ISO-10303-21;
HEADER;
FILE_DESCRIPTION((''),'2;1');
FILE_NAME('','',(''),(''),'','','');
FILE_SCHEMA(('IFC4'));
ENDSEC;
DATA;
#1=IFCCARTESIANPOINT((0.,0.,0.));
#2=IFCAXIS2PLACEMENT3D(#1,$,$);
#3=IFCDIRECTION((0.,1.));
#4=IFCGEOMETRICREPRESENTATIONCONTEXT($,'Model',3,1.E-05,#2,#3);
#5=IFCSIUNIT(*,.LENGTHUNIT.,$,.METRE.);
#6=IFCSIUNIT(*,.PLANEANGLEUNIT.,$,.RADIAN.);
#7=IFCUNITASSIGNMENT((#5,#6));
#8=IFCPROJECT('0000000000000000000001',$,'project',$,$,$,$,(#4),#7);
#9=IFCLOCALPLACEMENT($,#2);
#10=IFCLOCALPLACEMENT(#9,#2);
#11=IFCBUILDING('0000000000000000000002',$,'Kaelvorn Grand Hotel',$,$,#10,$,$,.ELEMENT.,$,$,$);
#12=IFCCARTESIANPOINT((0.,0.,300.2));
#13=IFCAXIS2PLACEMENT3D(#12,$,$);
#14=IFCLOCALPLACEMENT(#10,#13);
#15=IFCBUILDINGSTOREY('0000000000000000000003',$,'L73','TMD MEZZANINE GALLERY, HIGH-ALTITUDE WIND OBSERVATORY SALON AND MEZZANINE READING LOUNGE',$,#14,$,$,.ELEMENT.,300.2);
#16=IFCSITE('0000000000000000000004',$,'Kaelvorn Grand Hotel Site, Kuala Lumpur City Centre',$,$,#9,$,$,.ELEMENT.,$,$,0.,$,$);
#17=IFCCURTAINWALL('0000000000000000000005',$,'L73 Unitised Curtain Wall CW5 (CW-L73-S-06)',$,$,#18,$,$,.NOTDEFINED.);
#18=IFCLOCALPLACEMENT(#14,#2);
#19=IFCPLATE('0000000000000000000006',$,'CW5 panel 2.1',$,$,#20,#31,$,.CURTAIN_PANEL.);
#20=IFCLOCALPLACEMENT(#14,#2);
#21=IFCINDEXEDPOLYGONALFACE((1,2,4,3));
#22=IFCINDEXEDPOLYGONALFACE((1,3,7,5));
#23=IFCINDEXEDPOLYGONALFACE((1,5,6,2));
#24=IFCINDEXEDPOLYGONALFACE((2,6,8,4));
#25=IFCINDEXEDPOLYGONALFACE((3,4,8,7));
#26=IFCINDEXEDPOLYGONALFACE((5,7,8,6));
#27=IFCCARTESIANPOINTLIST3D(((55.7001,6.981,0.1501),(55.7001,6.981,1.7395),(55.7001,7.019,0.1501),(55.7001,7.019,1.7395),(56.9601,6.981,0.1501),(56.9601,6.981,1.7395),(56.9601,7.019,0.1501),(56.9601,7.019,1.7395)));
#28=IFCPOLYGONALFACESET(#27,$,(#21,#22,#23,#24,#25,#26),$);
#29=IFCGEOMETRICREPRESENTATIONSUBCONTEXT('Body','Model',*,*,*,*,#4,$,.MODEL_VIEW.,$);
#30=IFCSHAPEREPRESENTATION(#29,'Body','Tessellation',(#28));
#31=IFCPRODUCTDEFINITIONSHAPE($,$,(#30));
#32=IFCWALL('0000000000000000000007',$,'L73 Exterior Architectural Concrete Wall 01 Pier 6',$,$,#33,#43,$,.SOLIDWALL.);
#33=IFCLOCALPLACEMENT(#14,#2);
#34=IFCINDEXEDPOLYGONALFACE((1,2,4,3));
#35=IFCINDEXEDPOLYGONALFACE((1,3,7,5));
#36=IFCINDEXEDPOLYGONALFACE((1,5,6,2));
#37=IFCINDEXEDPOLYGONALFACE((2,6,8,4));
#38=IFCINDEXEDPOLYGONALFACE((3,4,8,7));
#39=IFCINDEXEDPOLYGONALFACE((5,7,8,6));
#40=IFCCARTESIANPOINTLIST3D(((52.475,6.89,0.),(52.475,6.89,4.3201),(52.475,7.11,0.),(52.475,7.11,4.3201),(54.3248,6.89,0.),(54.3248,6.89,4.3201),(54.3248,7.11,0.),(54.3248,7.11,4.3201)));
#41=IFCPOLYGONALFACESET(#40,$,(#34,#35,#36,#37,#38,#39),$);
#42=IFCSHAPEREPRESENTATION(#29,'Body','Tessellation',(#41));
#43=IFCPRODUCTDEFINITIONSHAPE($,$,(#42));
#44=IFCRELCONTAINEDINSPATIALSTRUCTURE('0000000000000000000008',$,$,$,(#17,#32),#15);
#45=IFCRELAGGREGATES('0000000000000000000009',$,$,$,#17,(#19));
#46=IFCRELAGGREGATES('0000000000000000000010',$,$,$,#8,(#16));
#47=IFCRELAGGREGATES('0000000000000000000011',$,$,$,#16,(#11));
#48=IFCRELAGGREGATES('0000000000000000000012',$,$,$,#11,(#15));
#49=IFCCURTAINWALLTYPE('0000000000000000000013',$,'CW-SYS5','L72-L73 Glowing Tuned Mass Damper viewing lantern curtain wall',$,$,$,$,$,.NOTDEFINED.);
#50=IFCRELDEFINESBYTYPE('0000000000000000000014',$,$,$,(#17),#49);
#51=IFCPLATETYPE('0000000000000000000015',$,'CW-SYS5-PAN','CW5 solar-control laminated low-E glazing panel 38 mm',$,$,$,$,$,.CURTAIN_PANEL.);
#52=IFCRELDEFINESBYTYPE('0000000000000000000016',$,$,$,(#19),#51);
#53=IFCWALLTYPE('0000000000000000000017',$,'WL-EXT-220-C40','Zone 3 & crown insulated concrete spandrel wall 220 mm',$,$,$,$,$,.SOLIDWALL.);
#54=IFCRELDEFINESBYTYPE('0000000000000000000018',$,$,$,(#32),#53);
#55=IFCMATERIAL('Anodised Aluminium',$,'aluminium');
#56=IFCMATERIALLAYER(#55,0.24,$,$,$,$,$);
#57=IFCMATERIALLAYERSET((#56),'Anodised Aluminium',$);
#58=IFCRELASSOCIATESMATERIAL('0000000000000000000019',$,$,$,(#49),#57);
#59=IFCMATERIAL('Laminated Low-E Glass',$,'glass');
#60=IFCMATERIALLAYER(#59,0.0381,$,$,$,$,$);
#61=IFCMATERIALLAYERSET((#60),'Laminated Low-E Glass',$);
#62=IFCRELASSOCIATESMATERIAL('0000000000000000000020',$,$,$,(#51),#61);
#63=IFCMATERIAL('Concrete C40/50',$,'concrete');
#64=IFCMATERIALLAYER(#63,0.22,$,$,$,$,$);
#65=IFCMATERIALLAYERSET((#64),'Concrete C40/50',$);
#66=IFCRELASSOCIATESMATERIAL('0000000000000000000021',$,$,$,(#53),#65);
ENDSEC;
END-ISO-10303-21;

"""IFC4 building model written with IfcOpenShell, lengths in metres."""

from ifc_helpers import new_model, si_unit, direction, frame, frame_2d, origin, origin_2d, place, context, subcontext, project, spatial, rectangle, extrude, material, layer, layer_set, type_object, element, aggregate, save


model = new_model("IFC4")

# Units and contexts
model_context = context("Model", 3, precision=1e-05, world=origin(), true_north=direction((0.0, 1.0)))
body_context = subcontext(model_context, "Body", "Model", "MODEL_VIEW")
ifc_project = project(units=[si_unit("LENGTHUNIT", "METRE"), si_unit("PLANEANGLEUNIT", "RADIAN")], contexts=[model_context])

# Site, building, storey
site_placement = place(None, origin())
site = spatial("IfcSite", under=ifc_project, at=site_placement, Name="Kaelvorn Grand Hotel Site, Kuala Lumpur City Centre", CompositionType="ELEMENT", RefElevation=0.0)
building_placement = place(site_placement, origin())
building = spatial("IfcBuilding", under=site, at=building_placement, Name="Kaelvorn Grand Hotel", CompositionType="ELEMENT")
storey_placement = place(building_placement, frame((0.0, 0.0, 300.2)))
storey = spatial("IfcBuildingStorey", under=building, at=storey_placement, Name="L73", Description="TMD MEZZANINE GALLERY, HIGH-ALTITUDE WIND OBSERVATORY SALON AND MEZZANINE READING LOUNGE", CompositionType="ELEMENT", Elevation=300.2)

# Shared definitions
ifc_material_1 = material(Name="Anodised Aluminium", Category="aluminium")
ifc_layer_1 = layer(ifc_material_1, 0.24)
ifc_layer_set_1 = layer_set([ifc_layer_1], Name="Anodised Aluminium")
curtain_wall_type = type_object("IfcCurtainWallType", Name="CW-SYS5", Description="L72-L73 Glowing Tuned Mass Damper viewing lantern curtain wall", PredefinedType="NOTDEFINED", material=ifc_layer_set_1)

# Curtain wall
curtain_wall_1_placement = place(storey_placement, origin())
curtain_wall_1 = element("IfcCurtainWall", 1, at=curtain_wall_1_placement, inside=storey, type_object=curtain_wall_type, Name="L73 Unitised Curtain Wall CW5 (CW-L73-S-06)", PredefinedType="NOTDEFINED")

# Plate
ifc_material_2 = material(Name="Laminated Low-E Glass", Category="glass")
ifc_layer_2 = layer(ifc_material_2, 0.0381)
ifc_layer_set_2 = layer_set([ifc_layer_2], Name="Laminated Low-E Glass")
plate_type = type_object("IfcPlateType", Name="CW-SYS5-PAN", Description="CW5 solar-control laminated low-E glazing panel 38 mm", PredefinedType="CURTAIN_PANEL", material=ifc_layer_set_2)
plate_1_placement = place(storey_placement, frame((56.3301, 7.0, 0.1501), z_axis=(0.0, 0.0, 1.0), x_axis=(1.0, 0.0, 0.0)))
plate_1 = element("IfcPlate", 2, at=plate_1_placement, type_object=plate_type, Name="CW5 panel 2.1", PredefinedType="CURTAIN_PANEL", context=body_context, shape_type="SweptSolid", body=[
    extrude(rectangle(XDim=1.26, YDim=0.0381, at=origin_2d()), origin(), (0.0, 0.0, 1.0), 1.5894),
])
aggregate(curtain_wall_1, [plate_1])

# Wall
ifc_material_3 = material(Name="Concrete C40/50", Category="concrete")
ifc_layer_3 = layer(ifc_material_3, 0.22)
ifc_layer_set_3 = layer_set([ifc_layer_3], Name="Concrete C40/50")
wall_type = type_object("IfcWallType", Name="WL-EXT-220-C40", Description="Zone 3 & crown insulated concrete spandrel wall 220 mm", PredefinedType="SOLIDWALL", material=ifc_layer_set_3)
wall_placement = place(storey_placement, frame((52.4751, 7.0, 0.0), z_axis=(0.0, 0.0, 1.0), x_axis=(1.0, 0.0, 0.0)))
element("IfcWall", 3, at=wall_placement, inside=storey, type_object=wall_type, Name="L73 Exterior Architectural Concrete Wall 01 Pier 6", PredefinedType="SOLIDWALL", context=body_context, shape_type="SweptSolid", body=[
    extrude(rectangle(XDim=1.8499, YDim=0.22, at=frame_2d((0.9248, 0.0))), origin(), (0.0, 0.0, 1.0), 4.3201),
])

save(model, "model.ifc")
